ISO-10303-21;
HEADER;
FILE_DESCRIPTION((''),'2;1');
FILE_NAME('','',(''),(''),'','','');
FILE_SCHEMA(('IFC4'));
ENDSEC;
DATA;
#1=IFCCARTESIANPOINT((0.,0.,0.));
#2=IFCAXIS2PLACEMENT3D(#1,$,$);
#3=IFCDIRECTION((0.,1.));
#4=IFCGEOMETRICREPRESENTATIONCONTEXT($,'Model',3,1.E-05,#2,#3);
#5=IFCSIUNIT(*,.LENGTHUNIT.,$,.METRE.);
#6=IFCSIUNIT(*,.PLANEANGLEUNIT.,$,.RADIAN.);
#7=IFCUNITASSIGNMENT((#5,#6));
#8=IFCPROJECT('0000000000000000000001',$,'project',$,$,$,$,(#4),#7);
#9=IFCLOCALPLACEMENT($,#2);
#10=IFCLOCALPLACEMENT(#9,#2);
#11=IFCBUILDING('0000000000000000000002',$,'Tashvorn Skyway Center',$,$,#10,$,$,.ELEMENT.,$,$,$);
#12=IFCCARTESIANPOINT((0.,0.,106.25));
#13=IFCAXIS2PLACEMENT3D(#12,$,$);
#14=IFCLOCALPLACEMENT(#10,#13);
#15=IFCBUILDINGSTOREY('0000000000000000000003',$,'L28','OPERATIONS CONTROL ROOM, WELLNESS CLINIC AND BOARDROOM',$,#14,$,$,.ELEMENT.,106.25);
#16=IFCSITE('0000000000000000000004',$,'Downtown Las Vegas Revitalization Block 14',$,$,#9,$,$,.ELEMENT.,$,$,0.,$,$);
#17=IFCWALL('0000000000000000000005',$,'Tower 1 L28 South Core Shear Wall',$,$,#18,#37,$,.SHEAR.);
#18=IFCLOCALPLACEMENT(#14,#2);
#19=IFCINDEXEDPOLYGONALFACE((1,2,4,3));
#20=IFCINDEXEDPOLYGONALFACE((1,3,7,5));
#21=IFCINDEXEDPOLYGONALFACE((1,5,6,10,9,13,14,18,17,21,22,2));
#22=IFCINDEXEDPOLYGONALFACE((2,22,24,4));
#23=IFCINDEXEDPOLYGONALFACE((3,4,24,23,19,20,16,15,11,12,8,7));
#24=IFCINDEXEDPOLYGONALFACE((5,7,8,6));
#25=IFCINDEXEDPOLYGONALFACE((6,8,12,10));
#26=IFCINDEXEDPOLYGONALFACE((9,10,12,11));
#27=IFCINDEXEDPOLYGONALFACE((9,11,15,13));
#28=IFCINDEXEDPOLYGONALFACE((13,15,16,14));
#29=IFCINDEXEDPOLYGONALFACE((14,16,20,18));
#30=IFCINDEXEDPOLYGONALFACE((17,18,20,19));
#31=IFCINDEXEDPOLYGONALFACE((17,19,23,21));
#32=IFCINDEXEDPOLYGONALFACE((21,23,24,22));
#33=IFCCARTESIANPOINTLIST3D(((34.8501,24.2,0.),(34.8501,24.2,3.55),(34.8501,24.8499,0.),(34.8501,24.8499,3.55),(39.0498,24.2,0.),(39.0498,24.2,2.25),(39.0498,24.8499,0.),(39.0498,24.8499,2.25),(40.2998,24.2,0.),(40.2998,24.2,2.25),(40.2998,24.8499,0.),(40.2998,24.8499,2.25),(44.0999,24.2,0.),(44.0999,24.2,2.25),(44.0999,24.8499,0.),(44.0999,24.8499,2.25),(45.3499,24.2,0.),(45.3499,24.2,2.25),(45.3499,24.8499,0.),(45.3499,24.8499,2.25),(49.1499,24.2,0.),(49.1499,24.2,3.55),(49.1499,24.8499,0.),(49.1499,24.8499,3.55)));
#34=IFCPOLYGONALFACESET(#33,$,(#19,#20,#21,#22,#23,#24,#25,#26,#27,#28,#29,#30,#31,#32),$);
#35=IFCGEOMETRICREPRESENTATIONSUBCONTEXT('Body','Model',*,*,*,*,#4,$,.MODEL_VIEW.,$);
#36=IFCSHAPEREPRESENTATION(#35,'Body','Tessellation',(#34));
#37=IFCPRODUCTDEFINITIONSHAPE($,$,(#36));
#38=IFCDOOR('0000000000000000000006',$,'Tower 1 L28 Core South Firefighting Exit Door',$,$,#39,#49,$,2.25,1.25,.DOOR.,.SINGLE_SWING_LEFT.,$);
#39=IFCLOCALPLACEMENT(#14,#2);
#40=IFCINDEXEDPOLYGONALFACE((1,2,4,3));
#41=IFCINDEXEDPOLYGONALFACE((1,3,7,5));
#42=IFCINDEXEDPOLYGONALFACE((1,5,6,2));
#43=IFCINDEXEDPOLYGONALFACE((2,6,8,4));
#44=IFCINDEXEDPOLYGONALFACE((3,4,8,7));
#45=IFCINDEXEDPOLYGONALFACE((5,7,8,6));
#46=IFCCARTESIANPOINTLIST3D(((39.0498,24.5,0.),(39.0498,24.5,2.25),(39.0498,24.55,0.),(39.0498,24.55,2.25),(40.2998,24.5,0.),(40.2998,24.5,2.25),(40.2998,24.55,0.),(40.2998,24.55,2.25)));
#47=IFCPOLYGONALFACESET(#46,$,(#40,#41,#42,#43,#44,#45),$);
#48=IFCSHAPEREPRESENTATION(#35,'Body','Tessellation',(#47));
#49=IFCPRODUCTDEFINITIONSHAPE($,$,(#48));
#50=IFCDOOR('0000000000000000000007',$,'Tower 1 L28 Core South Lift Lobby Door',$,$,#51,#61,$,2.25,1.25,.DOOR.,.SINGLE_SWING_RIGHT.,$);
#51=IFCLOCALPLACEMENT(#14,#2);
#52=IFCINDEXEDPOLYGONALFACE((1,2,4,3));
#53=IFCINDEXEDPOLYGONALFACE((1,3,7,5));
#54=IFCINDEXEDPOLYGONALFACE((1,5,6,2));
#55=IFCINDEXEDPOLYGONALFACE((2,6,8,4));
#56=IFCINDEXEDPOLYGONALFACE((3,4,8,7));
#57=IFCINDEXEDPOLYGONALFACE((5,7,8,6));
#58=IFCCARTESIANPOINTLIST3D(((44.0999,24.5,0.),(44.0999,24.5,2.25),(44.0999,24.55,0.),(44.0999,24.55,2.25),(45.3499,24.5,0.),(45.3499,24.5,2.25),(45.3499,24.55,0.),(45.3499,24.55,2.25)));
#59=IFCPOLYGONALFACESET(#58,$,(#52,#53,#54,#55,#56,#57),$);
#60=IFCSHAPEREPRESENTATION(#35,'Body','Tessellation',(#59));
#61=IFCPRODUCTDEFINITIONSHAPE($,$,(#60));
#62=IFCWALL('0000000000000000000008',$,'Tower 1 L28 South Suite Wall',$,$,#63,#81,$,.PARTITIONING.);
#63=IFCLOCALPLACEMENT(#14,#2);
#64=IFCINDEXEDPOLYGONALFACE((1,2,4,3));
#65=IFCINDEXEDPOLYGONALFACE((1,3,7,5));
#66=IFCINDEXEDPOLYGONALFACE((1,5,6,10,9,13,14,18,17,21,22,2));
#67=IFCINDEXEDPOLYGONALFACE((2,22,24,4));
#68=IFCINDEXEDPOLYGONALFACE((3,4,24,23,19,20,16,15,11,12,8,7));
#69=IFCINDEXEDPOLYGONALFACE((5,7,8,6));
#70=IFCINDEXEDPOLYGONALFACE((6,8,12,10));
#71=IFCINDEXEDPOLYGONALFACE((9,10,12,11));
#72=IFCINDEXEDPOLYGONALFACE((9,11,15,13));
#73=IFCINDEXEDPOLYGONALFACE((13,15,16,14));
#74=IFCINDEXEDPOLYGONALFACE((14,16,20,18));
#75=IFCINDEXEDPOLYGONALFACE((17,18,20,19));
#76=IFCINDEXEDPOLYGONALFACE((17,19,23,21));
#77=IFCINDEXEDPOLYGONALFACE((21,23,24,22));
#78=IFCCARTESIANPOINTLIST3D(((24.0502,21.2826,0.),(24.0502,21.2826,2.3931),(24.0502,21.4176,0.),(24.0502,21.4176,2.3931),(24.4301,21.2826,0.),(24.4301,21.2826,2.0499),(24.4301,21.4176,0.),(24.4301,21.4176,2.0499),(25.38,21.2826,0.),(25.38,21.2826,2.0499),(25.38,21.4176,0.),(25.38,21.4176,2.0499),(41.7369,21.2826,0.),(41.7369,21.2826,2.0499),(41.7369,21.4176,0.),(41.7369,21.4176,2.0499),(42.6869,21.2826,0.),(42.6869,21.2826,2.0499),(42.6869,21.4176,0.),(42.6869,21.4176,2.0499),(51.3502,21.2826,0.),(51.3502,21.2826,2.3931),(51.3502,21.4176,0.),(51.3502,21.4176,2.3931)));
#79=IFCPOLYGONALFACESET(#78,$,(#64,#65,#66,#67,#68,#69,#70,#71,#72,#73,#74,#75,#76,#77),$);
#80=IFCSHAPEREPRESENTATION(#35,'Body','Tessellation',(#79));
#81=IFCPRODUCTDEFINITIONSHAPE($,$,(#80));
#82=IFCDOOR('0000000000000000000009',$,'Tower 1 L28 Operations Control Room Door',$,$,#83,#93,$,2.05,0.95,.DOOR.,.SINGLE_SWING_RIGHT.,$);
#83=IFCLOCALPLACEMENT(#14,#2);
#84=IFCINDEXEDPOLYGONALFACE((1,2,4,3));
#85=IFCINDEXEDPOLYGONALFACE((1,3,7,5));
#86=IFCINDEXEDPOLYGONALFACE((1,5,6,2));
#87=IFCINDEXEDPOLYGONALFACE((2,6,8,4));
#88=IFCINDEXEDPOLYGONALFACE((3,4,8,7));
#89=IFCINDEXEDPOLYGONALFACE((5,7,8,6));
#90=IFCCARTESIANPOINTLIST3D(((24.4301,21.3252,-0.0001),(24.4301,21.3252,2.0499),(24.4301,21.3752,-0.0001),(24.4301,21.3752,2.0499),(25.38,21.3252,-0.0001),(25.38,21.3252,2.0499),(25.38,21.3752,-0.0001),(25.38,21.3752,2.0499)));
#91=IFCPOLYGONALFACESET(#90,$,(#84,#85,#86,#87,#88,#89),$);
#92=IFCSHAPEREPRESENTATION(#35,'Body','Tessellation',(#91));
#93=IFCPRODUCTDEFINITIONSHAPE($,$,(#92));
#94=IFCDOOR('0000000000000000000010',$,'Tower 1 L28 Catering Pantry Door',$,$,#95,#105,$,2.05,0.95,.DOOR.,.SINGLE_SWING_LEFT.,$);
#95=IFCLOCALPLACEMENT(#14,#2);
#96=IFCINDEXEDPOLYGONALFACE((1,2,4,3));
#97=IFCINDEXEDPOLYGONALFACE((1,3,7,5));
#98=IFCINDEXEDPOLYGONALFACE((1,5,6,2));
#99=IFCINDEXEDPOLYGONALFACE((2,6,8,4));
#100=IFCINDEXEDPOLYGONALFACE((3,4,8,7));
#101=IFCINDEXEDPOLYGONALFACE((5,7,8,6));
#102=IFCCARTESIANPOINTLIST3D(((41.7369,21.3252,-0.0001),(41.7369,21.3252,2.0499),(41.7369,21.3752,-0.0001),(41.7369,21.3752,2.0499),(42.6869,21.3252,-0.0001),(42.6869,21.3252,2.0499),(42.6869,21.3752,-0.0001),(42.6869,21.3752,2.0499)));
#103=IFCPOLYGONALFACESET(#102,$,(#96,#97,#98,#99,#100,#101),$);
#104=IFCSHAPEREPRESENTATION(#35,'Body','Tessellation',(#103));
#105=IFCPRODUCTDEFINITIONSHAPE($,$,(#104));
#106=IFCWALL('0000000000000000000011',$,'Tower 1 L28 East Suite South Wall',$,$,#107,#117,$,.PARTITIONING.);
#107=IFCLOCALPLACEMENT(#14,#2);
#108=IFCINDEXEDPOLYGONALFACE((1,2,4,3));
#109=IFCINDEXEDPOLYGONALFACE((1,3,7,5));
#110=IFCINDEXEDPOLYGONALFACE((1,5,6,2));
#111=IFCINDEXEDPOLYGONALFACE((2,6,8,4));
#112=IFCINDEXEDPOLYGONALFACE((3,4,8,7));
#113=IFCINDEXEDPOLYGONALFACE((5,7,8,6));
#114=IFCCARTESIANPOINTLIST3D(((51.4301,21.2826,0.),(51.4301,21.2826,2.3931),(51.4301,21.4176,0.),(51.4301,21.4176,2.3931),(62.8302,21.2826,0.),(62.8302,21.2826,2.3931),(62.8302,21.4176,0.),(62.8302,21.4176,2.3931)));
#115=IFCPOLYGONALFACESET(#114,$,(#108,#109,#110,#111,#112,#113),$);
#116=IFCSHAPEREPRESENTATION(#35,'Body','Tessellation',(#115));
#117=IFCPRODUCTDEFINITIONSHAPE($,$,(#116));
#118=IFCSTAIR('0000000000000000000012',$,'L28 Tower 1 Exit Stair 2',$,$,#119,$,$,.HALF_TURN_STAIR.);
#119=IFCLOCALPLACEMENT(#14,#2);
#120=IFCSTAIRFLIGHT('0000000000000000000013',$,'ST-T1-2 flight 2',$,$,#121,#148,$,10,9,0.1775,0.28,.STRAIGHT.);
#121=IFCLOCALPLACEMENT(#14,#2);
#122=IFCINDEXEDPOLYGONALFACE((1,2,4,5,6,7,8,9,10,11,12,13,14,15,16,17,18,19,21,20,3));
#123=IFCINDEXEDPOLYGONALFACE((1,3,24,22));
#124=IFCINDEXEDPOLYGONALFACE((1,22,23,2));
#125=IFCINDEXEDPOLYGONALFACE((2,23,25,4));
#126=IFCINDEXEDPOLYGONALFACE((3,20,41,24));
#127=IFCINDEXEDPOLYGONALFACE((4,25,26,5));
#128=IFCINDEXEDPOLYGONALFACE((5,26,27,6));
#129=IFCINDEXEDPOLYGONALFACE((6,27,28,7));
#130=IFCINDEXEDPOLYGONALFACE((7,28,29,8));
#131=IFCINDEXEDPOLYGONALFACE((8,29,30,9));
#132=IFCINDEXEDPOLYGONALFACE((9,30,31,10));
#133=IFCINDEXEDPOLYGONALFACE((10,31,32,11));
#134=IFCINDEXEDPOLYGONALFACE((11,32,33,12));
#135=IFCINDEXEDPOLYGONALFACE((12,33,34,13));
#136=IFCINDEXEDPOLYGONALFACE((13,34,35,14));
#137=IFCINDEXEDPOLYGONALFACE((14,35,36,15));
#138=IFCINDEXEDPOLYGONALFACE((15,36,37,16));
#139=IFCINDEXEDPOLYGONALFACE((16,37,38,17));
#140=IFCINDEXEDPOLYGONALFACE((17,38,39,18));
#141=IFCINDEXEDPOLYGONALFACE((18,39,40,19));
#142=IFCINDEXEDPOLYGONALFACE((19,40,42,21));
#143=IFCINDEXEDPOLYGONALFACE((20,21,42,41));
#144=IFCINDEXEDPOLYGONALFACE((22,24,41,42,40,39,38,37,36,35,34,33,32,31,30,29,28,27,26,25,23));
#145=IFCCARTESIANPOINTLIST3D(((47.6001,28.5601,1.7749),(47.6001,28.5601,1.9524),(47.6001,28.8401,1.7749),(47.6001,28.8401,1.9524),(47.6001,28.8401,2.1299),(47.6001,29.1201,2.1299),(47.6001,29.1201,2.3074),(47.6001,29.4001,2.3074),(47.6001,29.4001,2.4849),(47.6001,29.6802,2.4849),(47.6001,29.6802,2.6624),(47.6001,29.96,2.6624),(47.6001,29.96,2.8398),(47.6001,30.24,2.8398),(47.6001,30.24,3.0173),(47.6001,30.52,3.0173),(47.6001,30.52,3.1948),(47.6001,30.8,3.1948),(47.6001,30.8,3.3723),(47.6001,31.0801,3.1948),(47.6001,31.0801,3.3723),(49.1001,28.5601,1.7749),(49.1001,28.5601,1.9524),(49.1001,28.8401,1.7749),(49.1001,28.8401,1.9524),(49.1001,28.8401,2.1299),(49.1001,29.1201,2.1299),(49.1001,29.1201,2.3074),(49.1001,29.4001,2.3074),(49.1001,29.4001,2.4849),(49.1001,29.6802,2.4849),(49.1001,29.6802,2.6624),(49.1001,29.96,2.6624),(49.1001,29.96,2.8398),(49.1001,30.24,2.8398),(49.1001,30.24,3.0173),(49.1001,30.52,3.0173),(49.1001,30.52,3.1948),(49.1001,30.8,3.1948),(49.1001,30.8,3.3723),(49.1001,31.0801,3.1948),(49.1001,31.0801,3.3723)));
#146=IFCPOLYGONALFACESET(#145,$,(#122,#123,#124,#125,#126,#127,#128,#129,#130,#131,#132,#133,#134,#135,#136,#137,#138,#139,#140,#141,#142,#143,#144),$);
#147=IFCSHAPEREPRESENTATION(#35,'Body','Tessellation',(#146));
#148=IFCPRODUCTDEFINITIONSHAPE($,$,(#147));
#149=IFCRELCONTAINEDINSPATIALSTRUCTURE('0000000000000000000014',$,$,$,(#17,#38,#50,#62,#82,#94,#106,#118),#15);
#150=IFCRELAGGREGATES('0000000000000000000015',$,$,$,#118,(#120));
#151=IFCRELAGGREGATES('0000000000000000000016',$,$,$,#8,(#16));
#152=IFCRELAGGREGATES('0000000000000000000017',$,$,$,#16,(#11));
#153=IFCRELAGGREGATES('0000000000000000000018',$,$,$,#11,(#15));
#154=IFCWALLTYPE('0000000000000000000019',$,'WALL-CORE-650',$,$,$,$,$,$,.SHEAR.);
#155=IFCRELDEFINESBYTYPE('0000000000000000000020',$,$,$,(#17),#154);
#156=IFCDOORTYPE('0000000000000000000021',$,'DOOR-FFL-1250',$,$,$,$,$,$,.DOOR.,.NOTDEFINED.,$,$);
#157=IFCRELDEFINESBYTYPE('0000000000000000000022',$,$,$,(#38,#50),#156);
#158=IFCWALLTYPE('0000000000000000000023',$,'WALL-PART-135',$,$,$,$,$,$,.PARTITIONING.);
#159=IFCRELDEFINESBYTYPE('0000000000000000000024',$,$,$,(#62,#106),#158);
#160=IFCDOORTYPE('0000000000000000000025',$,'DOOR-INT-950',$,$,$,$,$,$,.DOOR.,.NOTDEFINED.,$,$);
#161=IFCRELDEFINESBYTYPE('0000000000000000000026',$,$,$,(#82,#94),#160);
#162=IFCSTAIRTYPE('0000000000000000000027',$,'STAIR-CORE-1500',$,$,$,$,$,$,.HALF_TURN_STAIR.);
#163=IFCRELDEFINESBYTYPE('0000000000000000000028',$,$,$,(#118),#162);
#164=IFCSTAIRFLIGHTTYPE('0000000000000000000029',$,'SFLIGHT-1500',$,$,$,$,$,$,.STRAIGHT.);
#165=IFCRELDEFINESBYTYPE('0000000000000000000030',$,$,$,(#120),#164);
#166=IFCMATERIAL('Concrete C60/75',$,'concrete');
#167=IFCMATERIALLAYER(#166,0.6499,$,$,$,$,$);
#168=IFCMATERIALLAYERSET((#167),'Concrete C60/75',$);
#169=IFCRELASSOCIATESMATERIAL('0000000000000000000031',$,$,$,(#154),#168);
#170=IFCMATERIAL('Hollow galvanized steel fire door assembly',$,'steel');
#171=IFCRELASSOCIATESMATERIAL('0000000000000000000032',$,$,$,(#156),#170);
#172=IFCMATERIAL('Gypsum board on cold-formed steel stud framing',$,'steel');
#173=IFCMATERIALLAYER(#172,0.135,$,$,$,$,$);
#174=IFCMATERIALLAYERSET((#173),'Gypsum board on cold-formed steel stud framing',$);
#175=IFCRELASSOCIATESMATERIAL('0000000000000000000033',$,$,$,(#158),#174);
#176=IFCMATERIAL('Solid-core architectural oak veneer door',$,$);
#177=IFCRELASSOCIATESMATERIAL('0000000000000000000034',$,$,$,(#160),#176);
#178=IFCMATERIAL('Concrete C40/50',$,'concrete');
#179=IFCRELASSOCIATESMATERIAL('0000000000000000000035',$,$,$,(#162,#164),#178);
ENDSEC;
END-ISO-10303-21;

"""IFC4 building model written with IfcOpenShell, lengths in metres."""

from ifc_helpers import new_model, si_unit, direction, frame, frame_2d, origin, place, context, subcontext, project, spatial, polyline, rectangle, outline, extrude, material, layer, layer_set, type_object, element, fill, aggregate, save


model = new_model("IFC4")

# Units and contexts
model_context = context("Model", 3, precision=1e-05, world=origin(), true_north=direction((0.0, 1.0)))
body_context = subcontext(model_context, "Body", "Model", "MODEL_VIEW")
ifc_project = project(units=[si_unit("LENGTHUNIT", "METRE"), si_unit("PLANEANGLEUNIT", "RADIAN")], contexts=[model_context])

# Site, building, storey
site_placement = place(None, origin())
site = spatial("IfcSite", under=ifc_project, at=site_placement, Name="Downtown Las Vegas Revitalization Block 14", CompositionType="ELEMENT", RefElevation=0.0)
building_placement = place(site_placement, origin())
building = spatial("IfcBuilding", under=site, at=building_placement, Name="Tashvorn Skyway Center", CompositionType="ELEMENT")
storey_placement = place(building_placement, frame((0.0, 0.0, 106.25)))
storey = spatial("IfcBuildingStorey", under=building, at=storey_placement, Name="L28", Description="OPERATIONS CONTROL ROOM, WELLNESS CLINIC AND BOARDROOM", CompositionType="ELEMENT", Elevation=106.25)

# Walls, openings, doors
ifc_material_1 = material(Name="Concrete C60/75", Category="concrete")
ifc_layer_1 = layer(ifc_material_1, 0.6499)
ifc_layer_set_1 = layer_set([ifc_layer_1], Name="Concrete C60/75")
wall_type_1 = type_object("IfcWallType", Name="WALL-CORE-650", PredefinedType="SHEAR", material=ifc_layer_set_1)
wall_1_placement = place(storey_placement, frame((49.1499, 24.5249, 0.0), z_axis=(0.0, 0.0, 1.0), x_axis=(-1.0, 0.0, 0.0)))
wall_1 = element("IfcWall", 1, at=wall_1_placement, inside=storey, type_object=wall_type_1, Name="Tower 1 L28 South Core Shear Wall", PredefinedType="SHEAR", context=body_context, shape_type="SweptSolid", body=[
    extrude(rectangle(XDim=14.2998, YDim=0.6499, at=frame_2d((7.1499, 0.0))), origin(), (0.0, 0.0, 1.0), 3.55),
])
opening_1_placement = place(wall_1_placement, frame((8.8501, 0.0, 0.0)))
opening_1 = element("IfcOpeningElement", 2, at=opening_1_placement, cuts=wall_1, PredefinedType="OPENING", context=body_context, shape_type="SweptSolid", body=[
    extrude(rectangle(XDim=1.25, YDim=2.25, at=frame_2d((0.625, 1.125))), frame((0.0, 0.335, 0.0), z_axis=(0.0, -1.0, 0.0), x_axis=(1.0, 0.0, 0.0)), (0.0, 0.0, 1.0), 0.6699),
])
opening_2_placement = place(wall_1_placement, frame((3.8, 0.0, 0.0)))
opening_2 = element("IfcOpeningElement", 3, at=opening_2_placement, cuts=wall_1, PredefinedType="OPENING", context=body_context, shape_type="SweptSolid", body=[
    extrude(rectangle(XDim=1.25, YDim=2.25, at=frame_2d((0.625, 1.125))), frame((0.0, 0.335, 0.0), z_axis=(0.0, -1.0, 0.0), x_axis=(1.0, 0.0, 0.0)), (0.0, 0.0, 1.0), 0.6699),
])
ifc_material_2 = material(Name="Hollow galvanized steel fire door assembly", Category="steel")
door_type_1 = type_object("IfcDoorType", Name="DOOR-FFL-1250", OperationType="NOTDEFINED", PredefinedType="DOOR", material=ifc_material_2)
door_1_placement = place(opening_1_placement, origin())
door_1 = element("IfcDoor", 4, at=door_1_placement, inside=storey, type_object=door_type_1, Name="Tower 1 L28 Core South Firefighting Exit Door", OperationType="SINGLE_SWING_LEFT", OverallHeight=2.25, OverallWidth=1.25, PredefinedType="DOOR", context=body_context, shape_type="SweptSolid", body=[
    extrude(rectangle(XDim=1.25, YDim=2.25, at=frame_2d((0.625, 1.125))), frame((0.0, 0.0249, 0.0), z_axis=(0.0, -1.0, 0.0), x_axis=(1.0, 0.0, 0.0)), (0.0, 0.0, 1.0), 0.05),
])
fill(opening_1, door_1)
door_2_placement = place(opening_2_placement, origin())
door_2 = element("IfcDoor", 5, at=door_2_placement, inside=storey, type_object=door_type_1, Name="Tower 1 L28 Core South Lift Lobby Door", OperationType="SINGLE_SWING_RIGHT", OverallHeight=2.25, OverallWidth=1.25, PredefinedType="DOOR", context=body_context, shape_type="SweptSolid", body=[
    extrude(rectangle(XDim=1.25, YDim=2.25, at=frame_2d((0.625, 1.125))), frame((0.0, 0.0249, 0.0), z_axis=(0.0, -1.0, 0.0), x_axis=(1.0, 0.0, 0.0)), (0.0, 0.0, 1.0), 0.05),
])
fill(opening_2, door_2)
ifc_material_3 = material(Name="Gypsum board on cold-formed steel stud framing", Category="steel")
ifc_layer_2 = layer(ifc_material_3, 0.135)
ifc_layer_set_2 = layer_set([ifc_layer_2], Name="Gypsum board on cold-formed steel stud framing")
wall_type_2 = type_object("IfcWallType", Name="WALL-PART-135", PredefinedType="PARTITIONING", material=ifc_layer_set_2)
wall_2_placement = place(storey_placement, frame((51.3501, 21.3501, 0.0), z_axis=(0.0, 0.0, 1.0), x_axis=(-1.0, 0.0, 0.0)))
wall_2 = element("IfcWall", 6, at=wall_2_placement, inside=storey, type_object=wall_type_2, Name="Tower 1 L28 South Suite Wall", PredefinedType="PARTITIONING", context=body_context, shape_type="SweptSolid", body=[
    extrude(rectangle(XDim=27.3, YDim=0.135, at=frame_2d((13.6499, 0.0))), origin(), (0.0, 0.0, 1.0), 2.3931),
])
opening_3_placement = place(wall_2_placement, frame((25.97, 0.0, 0.0)))
opening_3 = element("IfcOpeningElement", 7, at=opening_3_placement, cuts=wall_2, PredefinedType="OPENING", context=body_context, shape_type="SweptSolid", body=[
    extrude(rectangle(XDim=0.95, YDim=2.05, at=frame_2d((0.4751, 1.0249))), frame((0.0, 0.0774, 0.0), z_axis=(0.0, -1.0, 0.0), x_axis=(1.0, 0.0, 0.0)), (0.0, 0.0, 1.0), 0.155),
])
opening_4_placement = place(wall_2_placement, frame((8.6631, 0.0, 0.0)))
opening_4 = element("IfcOpeningElement", 8, at=opening_4_placement, cuts=wall_2, PredefinedType="OPENING", context=body_context, shape_type="SweptSolid", body=[
    extrude(rectangle(XDim=0.95, YDim=2.05, at=frame_2d((0.4751, 1.0249))), frame((0.0, 0.0774, 0.0), z_axis=(0.0, -1.0, 0.0), x_axis=(1.0, 0.0, 0.0)), (0.0, 0.0, 1.0), 0.155),
])
ifc_material_4 = material(Name="Solid-core architectural oak veneer door")
door_type_2 = type_object("IfcDoorType", Name="DOOR-INT-950", OperationType="NOTDEFINED", PredefinedType="DOOR", material=ifc_material_4)
door_3_placement = place(opening_3_placement, origin())
door_3 = element("IfcDoor", 9, at=door_3_placement, inside=storey, type_object=door_type_2, Name="Tower 1 L28 Operations Control Room Door", OperationType="SINGLE_SWING_RIGHT", OverallHeight=2.05, OverallWidth=0.95, PredefinedType="DOOR", context=body_context, shape_type="SweptSolid", body=[
    extrude(rectangle(XDim=0.95, YDim=2.05, at=frame_2d((0.4751, 1.0249))), frame((0.0, 0.0249, 0.0), z_axis=(0.0, -1.0, 0.0), x_axis=(1.0, 0.0, 0.0)), (0.0, 0.0, 1.0), 0.05),
])
fill(opening_3, door_3)
door_4_placement = place(opening_4_placement, origin())
door_4 = element("IfcDoor", 10, at=door_4_placement, inside=storey, type_object=door_type_2, Name="Tower 1 L28 Catering Pantry Door", OperationType="SINGLE_SWING_LEFT", OverallHeight=2.05, OverallWidth=0.95, PredefinedType="DOOR", context=body_context, shape_type="SweptSolid", body=[
    extrude(rectangle(XDim=0.95, YDim=2.05, at=frame_2d((0.4751, 1.0249))), frame((0.0, 0.0249, 0.0), z_axis=(0.0, -1.0, 0.0), x_axis=(1.0, 0.0, 0.0)), (0.0, 0.0, 1.0), 0.05),
])
fill(opening_4, door_4)

# Wall
wall_3_placement = place(storey_placement, frame((51.4299, 21.3501, 0.0), z_axis=(0.0, 0.0, 1.0), x_axis=(1.0, 0.0, 0.0)))
element("IfcWall", 11, at=wall_3_placement, inside=storey, type_object=wall_type_2, Name="Tower 1 L28 East Suite South Wall", PredefinedType="PARTITIONING", context=body_context, shape_type="SweptSolid", body=[
    extrude(rectangle(XDim=11.4001, YDim=0.135, at=frame_2d((5.7002, 0.0))), origin(), (0.0, 0.0, 1.0), 2.3931),
])

# Stair, stair flight
ifc_material_5 = material(Name="Concrete C40/50", Category="concrete")
stair_type = type_object("IfcStairType", Name="STAIR-CORE-1500", PredefinedType="HALF_TURN_STAIR", material=ifc_material_5)
stair_placement = place(storey_placement, origin())
stair = element("IfcStair", 12, at=stair_placement, inside=storey, type_object=stair_type, Name="L28 Tower 1 Exit Stair 2", PredefinedType="HALF_TURN_STAIR")
stair_flight_type = type_object("IfcStairFlightType", Name="SFLIGHT-1500", PredefinedType="STRAIGHT", material=ifc_material_5)
stair_flight_placement = place(storey_placement, frame((48.3501, 28.5601, 1.7749), z_axis=(0.0, 0.0, 1.0), x_axis=(0.0, 1.0, 0.0)))
stair_flight = element("IfcStairFlight", 13, at=stair_flight_placement, type_object=stair_flight_type, Name="ST-T1-2 flight 2", NumberOfRisers=10, NumberOfTreads=9, PredefinedType="STRAIGHT", RiserHeight=0.1775, TreadLength=0.28, context=body_context, shape_type="SweptSolid", body=[
    extrude(outline(polyline([(0.0, 0.0), (0.0, 0.1775), (0.28, 0.1775), (0.28, 0.355), (0.5601, 0.355), (0.5601, 0.5325), (0.8401, 0.5325), (0.8401, 0.71), (1.1201, 0.71), (1.1201, 0.8875), (1.3999, 0.8875), (1.3999, 1.0649), (1.6799, 1.0649), (1.6799, 1.2424), (1.96, 1.2424), (1.96, 1.4199), (2.24, 1.4199), (2.24, 1.5974), (2.52, 1.5974), (2.52, 1.7749), (2.52, 1.4199), (0.28, 0.0), (0.0, 0.0)])), frame((0.0, 0.75, 0.0), z_axis=(0.0, -1.0, 0.0), x_axis=(1.0, 0.0, 0.0)), (0.0, 0.0, 1.0), 1.5),
])
aggregate(stair, [stair_flight])

save(model, "model.ifc")
